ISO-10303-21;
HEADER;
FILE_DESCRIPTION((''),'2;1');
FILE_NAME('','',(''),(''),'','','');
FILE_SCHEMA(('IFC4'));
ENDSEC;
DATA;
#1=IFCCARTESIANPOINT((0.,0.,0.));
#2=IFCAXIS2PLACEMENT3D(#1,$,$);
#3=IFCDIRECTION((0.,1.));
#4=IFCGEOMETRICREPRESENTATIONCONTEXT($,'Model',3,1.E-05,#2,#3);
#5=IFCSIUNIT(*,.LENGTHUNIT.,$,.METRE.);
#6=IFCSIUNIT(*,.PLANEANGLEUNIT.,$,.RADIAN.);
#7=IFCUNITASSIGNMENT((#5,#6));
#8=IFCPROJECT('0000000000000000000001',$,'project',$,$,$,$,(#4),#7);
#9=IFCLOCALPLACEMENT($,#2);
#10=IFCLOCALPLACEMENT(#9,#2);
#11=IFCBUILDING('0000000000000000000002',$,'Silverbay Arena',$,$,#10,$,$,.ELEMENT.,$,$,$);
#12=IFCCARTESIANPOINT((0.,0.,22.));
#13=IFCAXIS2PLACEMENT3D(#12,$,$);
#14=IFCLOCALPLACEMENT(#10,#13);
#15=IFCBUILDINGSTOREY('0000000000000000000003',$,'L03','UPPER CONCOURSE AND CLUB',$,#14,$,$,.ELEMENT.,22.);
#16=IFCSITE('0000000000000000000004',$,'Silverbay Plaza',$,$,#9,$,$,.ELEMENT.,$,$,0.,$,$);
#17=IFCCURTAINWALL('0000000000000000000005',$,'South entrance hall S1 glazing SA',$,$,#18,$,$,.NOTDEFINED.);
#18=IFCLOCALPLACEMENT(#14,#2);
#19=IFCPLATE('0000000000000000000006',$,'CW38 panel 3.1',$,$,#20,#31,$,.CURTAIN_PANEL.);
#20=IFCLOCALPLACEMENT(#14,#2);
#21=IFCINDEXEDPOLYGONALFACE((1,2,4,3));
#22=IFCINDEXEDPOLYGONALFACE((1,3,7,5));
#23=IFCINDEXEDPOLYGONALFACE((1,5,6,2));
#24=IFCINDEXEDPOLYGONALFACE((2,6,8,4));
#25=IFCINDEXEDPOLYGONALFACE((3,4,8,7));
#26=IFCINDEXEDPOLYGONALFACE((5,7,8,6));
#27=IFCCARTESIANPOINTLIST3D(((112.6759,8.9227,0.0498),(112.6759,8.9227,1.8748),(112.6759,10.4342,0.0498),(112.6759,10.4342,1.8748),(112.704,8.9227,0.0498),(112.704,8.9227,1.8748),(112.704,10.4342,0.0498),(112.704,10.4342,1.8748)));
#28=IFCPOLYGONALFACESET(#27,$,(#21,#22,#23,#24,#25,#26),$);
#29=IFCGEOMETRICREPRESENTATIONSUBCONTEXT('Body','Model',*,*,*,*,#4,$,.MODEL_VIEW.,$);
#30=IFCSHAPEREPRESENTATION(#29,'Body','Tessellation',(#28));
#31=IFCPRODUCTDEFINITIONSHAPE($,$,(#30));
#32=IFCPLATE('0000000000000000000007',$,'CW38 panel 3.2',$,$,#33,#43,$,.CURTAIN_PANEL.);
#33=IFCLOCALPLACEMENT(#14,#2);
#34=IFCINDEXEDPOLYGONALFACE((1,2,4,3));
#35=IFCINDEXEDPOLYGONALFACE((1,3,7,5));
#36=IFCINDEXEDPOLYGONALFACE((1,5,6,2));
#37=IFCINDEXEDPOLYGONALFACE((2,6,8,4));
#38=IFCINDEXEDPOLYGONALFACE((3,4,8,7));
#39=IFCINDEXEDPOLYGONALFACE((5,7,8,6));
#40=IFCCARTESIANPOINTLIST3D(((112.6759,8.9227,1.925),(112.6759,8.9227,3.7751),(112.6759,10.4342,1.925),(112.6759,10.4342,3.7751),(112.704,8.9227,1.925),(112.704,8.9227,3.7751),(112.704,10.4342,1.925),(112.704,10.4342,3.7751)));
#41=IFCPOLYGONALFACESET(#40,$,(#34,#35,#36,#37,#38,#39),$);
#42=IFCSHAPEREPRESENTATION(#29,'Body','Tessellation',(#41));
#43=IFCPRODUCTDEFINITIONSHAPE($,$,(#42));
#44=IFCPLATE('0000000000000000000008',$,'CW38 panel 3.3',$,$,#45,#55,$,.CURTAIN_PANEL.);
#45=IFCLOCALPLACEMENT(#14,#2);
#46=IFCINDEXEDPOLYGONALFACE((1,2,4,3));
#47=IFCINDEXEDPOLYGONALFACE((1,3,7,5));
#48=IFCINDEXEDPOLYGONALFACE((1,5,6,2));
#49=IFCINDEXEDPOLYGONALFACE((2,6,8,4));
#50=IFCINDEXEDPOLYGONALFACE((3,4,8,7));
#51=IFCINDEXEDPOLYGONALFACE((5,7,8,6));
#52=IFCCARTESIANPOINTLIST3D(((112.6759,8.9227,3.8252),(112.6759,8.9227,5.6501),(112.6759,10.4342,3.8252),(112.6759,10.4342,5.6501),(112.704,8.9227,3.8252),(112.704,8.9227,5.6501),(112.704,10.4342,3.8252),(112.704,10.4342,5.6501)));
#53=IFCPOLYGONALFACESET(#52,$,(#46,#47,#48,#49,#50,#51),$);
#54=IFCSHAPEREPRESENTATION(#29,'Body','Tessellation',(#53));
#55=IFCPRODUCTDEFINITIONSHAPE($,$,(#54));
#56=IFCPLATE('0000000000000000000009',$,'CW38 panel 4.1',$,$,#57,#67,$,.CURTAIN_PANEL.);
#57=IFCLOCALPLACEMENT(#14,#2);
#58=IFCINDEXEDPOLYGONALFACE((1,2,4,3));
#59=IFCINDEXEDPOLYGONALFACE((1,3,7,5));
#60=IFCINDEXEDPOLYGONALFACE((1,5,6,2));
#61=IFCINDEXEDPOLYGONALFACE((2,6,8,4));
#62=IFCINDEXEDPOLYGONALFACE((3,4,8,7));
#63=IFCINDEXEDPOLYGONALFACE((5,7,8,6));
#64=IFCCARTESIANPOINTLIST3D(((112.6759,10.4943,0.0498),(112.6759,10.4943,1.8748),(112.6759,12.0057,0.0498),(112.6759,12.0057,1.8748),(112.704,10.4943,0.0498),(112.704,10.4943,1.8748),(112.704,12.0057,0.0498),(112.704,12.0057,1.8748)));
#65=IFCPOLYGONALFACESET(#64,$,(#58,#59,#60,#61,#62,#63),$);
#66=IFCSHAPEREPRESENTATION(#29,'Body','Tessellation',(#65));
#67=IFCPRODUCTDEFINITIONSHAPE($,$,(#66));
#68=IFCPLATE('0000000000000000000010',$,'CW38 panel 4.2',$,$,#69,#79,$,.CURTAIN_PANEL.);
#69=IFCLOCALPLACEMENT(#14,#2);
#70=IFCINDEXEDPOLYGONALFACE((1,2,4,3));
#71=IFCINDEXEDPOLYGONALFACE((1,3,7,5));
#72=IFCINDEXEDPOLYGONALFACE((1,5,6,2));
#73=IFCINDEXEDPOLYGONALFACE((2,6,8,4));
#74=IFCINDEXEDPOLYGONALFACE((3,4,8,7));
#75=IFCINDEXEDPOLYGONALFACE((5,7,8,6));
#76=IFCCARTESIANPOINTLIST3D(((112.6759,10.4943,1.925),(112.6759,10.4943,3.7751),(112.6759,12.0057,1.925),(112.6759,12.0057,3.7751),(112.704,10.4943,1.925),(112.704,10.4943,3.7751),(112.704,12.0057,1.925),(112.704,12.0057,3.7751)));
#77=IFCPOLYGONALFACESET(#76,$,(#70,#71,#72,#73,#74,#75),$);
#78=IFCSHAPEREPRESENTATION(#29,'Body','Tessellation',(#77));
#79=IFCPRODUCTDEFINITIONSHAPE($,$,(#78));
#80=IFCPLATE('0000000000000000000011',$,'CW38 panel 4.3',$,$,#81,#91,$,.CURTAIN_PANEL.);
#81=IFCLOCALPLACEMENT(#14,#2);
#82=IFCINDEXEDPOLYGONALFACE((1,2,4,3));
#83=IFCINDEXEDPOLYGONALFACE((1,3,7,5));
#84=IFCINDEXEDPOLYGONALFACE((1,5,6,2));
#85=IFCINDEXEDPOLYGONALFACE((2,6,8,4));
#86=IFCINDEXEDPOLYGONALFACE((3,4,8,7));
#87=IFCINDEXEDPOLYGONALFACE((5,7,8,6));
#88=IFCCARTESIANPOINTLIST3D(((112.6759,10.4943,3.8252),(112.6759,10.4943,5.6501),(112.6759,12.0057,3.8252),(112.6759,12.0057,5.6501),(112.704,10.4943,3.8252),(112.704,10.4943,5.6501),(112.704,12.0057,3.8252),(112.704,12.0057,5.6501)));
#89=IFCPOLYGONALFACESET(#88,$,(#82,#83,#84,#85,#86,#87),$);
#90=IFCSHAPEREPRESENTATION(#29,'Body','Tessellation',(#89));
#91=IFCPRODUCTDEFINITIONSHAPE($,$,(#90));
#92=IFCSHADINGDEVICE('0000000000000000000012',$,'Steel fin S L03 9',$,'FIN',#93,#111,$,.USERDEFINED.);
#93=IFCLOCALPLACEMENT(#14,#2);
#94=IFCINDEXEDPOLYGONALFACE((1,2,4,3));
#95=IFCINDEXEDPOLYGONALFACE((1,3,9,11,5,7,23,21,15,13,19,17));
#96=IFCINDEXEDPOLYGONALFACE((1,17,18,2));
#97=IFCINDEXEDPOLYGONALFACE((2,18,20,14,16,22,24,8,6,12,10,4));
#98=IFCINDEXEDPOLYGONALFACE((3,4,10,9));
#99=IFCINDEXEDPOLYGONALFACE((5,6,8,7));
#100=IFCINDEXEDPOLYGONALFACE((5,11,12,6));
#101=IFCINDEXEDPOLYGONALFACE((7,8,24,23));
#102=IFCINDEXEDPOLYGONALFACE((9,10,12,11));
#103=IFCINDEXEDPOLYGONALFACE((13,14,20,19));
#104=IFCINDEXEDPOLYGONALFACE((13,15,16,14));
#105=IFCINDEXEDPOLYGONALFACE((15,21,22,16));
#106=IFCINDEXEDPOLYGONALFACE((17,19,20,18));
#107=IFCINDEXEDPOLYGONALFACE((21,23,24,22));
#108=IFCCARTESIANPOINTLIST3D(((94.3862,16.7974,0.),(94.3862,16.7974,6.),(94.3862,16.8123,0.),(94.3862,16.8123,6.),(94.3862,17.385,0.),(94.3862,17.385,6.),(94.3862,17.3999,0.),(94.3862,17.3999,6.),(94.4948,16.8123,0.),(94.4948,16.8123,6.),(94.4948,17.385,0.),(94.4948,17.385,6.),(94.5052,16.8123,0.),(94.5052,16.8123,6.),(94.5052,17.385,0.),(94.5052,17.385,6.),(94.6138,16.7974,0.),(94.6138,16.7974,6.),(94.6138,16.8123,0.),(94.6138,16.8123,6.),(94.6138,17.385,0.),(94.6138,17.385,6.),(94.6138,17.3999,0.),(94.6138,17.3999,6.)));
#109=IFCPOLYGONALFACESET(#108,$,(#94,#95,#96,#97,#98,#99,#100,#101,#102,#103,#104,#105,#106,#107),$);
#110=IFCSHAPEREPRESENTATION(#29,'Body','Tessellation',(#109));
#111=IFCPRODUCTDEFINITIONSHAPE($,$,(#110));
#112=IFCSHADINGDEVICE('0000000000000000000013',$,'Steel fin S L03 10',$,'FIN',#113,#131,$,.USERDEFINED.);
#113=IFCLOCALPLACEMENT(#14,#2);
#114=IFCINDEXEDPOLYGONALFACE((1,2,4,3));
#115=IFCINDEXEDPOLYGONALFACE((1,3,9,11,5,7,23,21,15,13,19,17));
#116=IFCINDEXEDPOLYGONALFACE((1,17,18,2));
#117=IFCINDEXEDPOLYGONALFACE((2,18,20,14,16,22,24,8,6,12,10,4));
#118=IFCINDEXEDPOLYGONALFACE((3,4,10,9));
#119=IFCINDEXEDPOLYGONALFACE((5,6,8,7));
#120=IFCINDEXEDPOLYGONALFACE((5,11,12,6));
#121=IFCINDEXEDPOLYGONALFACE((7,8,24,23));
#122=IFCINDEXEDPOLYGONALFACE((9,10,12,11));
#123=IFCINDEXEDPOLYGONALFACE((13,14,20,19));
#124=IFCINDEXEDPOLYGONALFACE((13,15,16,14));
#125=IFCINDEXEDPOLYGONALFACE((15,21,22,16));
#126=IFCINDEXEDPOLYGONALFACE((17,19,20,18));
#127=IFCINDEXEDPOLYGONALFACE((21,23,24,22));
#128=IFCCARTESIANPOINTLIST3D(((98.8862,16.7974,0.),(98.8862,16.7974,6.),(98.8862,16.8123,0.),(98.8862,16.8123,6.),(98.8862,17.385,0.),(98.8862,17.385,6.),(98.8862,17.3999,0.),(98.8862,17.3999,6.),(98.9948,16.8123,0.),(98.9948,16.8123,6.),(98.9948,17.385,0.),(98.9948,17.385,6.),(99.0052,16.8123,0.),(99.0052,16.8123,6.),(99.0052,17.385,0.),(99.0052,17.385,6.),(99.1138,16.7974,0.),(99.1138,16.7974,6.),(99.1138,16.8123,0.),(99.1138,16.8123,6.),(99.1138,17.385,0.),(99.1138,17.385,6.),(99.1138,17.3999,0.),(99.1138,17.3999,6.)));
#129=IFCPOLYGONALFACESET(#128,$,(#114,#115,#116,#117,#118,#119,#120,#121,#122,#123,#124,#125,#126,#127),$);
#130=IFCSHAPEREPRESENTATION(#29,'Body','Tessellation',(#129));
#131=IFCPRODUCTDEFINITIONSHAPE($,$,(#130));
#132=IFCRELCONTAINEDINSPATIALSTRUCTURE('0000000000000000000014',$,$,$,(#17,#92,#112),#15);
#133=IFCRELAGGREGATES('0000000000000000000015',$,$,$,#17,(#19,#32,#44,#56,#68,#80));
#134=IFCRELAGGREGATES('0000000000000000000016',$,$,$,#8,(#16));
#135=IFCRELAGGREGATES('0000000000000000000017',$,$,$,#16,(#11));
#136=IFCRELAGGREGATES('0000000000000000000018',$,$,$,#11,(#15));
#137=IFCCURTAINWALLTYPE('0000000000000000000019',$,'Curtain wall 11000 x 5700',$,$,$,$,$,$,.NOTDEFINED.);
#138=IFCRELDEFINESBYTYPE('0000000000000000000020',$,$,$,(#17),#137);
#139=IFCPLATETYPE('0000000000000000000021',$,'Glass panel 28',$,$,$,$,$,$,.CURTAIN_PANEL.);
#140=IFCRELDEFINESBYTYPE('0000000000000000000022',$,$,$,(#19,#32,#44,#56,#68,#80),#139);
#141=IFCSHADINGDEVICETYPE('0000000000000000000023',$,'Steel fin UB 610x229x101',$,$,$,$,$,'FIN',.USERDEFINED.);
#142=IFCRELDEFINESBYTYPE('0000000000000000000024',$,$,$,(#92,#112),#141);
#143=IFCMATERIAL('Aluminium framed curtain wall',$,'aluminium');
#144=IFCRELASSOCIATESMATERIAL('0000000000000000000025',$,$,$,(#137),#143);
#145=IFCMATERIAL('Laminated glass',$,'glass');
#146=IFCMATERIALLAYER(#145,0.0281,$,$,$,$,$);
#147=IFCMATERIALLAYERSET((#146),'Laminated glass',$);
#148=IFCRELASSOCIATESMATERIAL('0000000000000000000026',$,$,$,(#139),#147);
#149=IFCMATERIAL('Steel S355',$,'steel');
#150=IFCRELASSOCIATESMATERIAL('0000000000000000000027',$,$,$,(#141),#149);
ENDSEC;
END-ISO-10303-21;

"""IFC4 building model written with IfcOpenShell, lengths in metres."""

from ifc_helpers import new_model, si_unit, direction, frame, origin, origin_2d, place, context, subcontext, project, spatial, rectangle, i_section, extrude, material, layer, layer_set, material_profile, profile_set, type_object, element, aggregate, save


model = new_model("IFC4")

# Units and contexts
model_context = context("Model", 3, precision=1e-05, world=origin(), true_north=direction((0.0, 1.0)))
body_context = subcontext(model_context, "Body", "Model", "MODEL_VIEW")
ifc_project = project(units=[si_unit("LENGTHUNIT", "METRE"), si_unit("PLANEANGLEUNIT", "RADIAN")], contexts=[model_context])

# Site, building, storey
site_placement = place(None, origin())
site = spatial("IfcSite", under=ifc_project, at=site_placement, Name="Silverbay Plaza", CompositionType="ELEMENT", RefElevation=0.0)
building_placement = place(site_placement, origin())
building = spatial("IfcBuilding", under=site, at=building_placement, Name="Silverbay Arena", CompositionType="ELEMENT")
storey_placement = place(building_placement, frame((0.0, 0.0, 22.0)))
storey = spatial("IfcBuildingStorey", under=building, at=storey_placement, Name="L03", Description="UPPER CONCOURSE AND CLUB", CompositionType="ELEMENT", Elevation=22.0)

# Curtain wall, plates
ifc_material_1 = material(Name="Aluminium framed curtain wall", Category="aluminium")
curtain_wall_type = type_object("IfcCurtainWallType", Name="Curtain wall 11000 x 5700", PredefinedType="NOTDEFINED", material=ifc_material_1)
curtain_wall_placement = place(storey_placement, origin())
curtain_wall = element("IfcCurtainWall", 1, at=curtain_wall_placement, inside=storey, type_object=curtain_wall_type, Name="South entrance hall S1 glazing SA", PredefinedType="NOTDEFINED")
ifc_material_2 = material(Name="Laminated glass", Category="glass")
ifc_layer = layer(ifc_material_2, 0.0281)
ifc_layer_set = layer_set([ifc_layer], Name="Laminated glass")
plate_type = type_object("IfcPlateType", Name="Glass panel 28", PredefinedType="CURTAIN_PANEL", material=ifc_layer_set)
plate_1_placement = place(storey_placement, frame((112.6899, 9.6785, 0.0498), z_axis=(0.0, 0.0, 1.0), x_axis=(0.0, 1.0, 0.0)))
plate_1 = element("IfcPlate", 2, at=plate_1_placement, type_object=plate_type, Name="CW38 panel 3.1", PredefinedType="CURTAIN_PANEL", context=body_context, shape_type="SweptSolid", body=[
    extrude(rectangle(XDim=1.5115, YDim=0.0281, at=origin_2d()), origin(), (0.0, 0.0, 1.0), 1.825),
])
plate_2_placement = place(storey_placement, frame((112.6899, 9.6785, 1.925), z_axis=(0.0, 0.0, 1.0), x_axis=(0.0, 1.0, 0.0)))
plate_2 = element("IfcPlate", 3, at=plate_2_placement, type_object=plate_type, Name="CW38 panel 3.2", PredefinedType="CURTAIN_PANEL", context=body_context, shape_type="SweptSolid", body=[
    extrude(rectangle(XDim=1.5115, YDim=0.0281, at=origin_2d()), origin(), (0.0, 0.0, 1.0), 1.8501),
])
plate_3_placement = place(storey_placement, frame((112.6899, 9.6785, 3.8252), z_axis=(0.0, 0.0, 1.0), x_axis=(0.0, 1.0, 0.0)))
plate_3 = element("IfcPlate", 4, at=plate_3_placement, type_object=plate_type, Name="CW38 panel 3.3", PredefinedType="CURTAIN_PANEL", context=body_context, shape_type="SweptSolid", body=[
    extrude(rectangle(XDim=1.5115, YDim=0.0281, at=origin_2d()), origin(), (0.0, 0.0, 1.0), 1.825),
])
plate_4_placement = place(storey_placement, frame((112.6899, 11.25, 0.0498), z_axis=(0.0, 0.0, 1.0), x_axis=(0.0, 1.0, 0.0)))
plate_4 = element("IfcPlate", 5, at=plate_4_placement, type_object=plate_type, Name="CW38 panel 4.1", PredefinedType="CURTAIN_PANEL", context=body_context, shape_type="SweptSolid", body=[
    extrude(rectangle(XDim=1.5115, YDim=0.0281, at=origin_2d()), origin(), (0.0, 0.0, 1.0), 1.825),
])
plate_5_placement = place(storey_placement, frame((112.6899, 11.25, 1.925), z_axis=(0.0, 0.0, 1.0), x_axis=(0.0, 1.0, 0.0)))
plate_5 = element("IfcPlate", 6, at=plate_5_placement, type_object=plate_type, Name="CW38 panel 4.2", PredefinedType="CURTAIN_PANEL", context=body_context, shape_type="SweptSolid", body=[
    extrude(rectangle(XDim=1.5115, YDim=0.0281, at=origin_2d()), origin(), (0.0, 0.0, 1.0), 1.8501),
])
plate_6_placement = place(storey_placement, frame((112.6899, 11.25, 3.8252), z_axis=(0.0, 0.0, 1.0), x_axis=(0.0, 1.0, 0.0)))
plate_6 = element("IfcPlate", 7, at=plate_6_placement, type_object=plate_type, Name="CW38 panel 4.3", PredefinedType="CURTAIN_PANEL", context=body_context, shape_type="SweptSolid", body=[
    extrude(rectangle(XDim=1.5115, YDim=0.0281, at=origin_2d()), origin(), (0.0, 0.0, 1.0), 1.825),
])
aggregate(curtain_wall, [plate_1, plate_2, plate_3, plate_4, plate_5, plate_6])

# Shading devices
ifc_material_3 = material(Name="Steel S355", Category="steel")
ifc_material_profile_1 = material_profile(ifc_material_3, i_section(OverallWidth=0.2275, OverallDepth=0.6025, WebThickness=0.0105, FlangeThickness=0.0149, at=origin_2d()), Name="UB 610x229x101")
ifc_profile_set_1 = profile_set([ifc_material_profile_1], Name="Steel S355")
shading_device_type = type_object("IfcShadingDeviceType", Name="Steel fin UB 610x229x101", ElementType="FIN", PredefinedType="USERDEFINED", material=ifc_profile_set_1)
for number, where, z_axis, x_axis, name in (
    (8, (94.5, 17.0986, 0.0), (0.0, 0.0, 1.0), (1.0, 0.0, 0.0), "Steel fin S L03 9"),
    (9, (99.0, 17.0986, 0.0), (0.0, 0.0, 1.0), (1.0, 0.0, 0.0), "Steel fin S L03 10"),
):
    element("IfcShadingDevice", number, at=place(storey_placement, frame(where, z_axis=z_axis, x_axis=x_axis)), inside=storey, type_object=shading_device_type, Name=name, ObjectType="FIN", PredefinedType="USERDEFINED", context=body_context, shape_type="SweptSolid", body=[
        extrude(i_section(OverallWidth=0.2275, OverallDepth=0.6025, WebThickness=0.0105, FlangeThickness=0.0149, at=origin_2d()), origin(), (0.0, 0.0, 1.0), 6.0),
    ])

save(model, "model.ifc")
